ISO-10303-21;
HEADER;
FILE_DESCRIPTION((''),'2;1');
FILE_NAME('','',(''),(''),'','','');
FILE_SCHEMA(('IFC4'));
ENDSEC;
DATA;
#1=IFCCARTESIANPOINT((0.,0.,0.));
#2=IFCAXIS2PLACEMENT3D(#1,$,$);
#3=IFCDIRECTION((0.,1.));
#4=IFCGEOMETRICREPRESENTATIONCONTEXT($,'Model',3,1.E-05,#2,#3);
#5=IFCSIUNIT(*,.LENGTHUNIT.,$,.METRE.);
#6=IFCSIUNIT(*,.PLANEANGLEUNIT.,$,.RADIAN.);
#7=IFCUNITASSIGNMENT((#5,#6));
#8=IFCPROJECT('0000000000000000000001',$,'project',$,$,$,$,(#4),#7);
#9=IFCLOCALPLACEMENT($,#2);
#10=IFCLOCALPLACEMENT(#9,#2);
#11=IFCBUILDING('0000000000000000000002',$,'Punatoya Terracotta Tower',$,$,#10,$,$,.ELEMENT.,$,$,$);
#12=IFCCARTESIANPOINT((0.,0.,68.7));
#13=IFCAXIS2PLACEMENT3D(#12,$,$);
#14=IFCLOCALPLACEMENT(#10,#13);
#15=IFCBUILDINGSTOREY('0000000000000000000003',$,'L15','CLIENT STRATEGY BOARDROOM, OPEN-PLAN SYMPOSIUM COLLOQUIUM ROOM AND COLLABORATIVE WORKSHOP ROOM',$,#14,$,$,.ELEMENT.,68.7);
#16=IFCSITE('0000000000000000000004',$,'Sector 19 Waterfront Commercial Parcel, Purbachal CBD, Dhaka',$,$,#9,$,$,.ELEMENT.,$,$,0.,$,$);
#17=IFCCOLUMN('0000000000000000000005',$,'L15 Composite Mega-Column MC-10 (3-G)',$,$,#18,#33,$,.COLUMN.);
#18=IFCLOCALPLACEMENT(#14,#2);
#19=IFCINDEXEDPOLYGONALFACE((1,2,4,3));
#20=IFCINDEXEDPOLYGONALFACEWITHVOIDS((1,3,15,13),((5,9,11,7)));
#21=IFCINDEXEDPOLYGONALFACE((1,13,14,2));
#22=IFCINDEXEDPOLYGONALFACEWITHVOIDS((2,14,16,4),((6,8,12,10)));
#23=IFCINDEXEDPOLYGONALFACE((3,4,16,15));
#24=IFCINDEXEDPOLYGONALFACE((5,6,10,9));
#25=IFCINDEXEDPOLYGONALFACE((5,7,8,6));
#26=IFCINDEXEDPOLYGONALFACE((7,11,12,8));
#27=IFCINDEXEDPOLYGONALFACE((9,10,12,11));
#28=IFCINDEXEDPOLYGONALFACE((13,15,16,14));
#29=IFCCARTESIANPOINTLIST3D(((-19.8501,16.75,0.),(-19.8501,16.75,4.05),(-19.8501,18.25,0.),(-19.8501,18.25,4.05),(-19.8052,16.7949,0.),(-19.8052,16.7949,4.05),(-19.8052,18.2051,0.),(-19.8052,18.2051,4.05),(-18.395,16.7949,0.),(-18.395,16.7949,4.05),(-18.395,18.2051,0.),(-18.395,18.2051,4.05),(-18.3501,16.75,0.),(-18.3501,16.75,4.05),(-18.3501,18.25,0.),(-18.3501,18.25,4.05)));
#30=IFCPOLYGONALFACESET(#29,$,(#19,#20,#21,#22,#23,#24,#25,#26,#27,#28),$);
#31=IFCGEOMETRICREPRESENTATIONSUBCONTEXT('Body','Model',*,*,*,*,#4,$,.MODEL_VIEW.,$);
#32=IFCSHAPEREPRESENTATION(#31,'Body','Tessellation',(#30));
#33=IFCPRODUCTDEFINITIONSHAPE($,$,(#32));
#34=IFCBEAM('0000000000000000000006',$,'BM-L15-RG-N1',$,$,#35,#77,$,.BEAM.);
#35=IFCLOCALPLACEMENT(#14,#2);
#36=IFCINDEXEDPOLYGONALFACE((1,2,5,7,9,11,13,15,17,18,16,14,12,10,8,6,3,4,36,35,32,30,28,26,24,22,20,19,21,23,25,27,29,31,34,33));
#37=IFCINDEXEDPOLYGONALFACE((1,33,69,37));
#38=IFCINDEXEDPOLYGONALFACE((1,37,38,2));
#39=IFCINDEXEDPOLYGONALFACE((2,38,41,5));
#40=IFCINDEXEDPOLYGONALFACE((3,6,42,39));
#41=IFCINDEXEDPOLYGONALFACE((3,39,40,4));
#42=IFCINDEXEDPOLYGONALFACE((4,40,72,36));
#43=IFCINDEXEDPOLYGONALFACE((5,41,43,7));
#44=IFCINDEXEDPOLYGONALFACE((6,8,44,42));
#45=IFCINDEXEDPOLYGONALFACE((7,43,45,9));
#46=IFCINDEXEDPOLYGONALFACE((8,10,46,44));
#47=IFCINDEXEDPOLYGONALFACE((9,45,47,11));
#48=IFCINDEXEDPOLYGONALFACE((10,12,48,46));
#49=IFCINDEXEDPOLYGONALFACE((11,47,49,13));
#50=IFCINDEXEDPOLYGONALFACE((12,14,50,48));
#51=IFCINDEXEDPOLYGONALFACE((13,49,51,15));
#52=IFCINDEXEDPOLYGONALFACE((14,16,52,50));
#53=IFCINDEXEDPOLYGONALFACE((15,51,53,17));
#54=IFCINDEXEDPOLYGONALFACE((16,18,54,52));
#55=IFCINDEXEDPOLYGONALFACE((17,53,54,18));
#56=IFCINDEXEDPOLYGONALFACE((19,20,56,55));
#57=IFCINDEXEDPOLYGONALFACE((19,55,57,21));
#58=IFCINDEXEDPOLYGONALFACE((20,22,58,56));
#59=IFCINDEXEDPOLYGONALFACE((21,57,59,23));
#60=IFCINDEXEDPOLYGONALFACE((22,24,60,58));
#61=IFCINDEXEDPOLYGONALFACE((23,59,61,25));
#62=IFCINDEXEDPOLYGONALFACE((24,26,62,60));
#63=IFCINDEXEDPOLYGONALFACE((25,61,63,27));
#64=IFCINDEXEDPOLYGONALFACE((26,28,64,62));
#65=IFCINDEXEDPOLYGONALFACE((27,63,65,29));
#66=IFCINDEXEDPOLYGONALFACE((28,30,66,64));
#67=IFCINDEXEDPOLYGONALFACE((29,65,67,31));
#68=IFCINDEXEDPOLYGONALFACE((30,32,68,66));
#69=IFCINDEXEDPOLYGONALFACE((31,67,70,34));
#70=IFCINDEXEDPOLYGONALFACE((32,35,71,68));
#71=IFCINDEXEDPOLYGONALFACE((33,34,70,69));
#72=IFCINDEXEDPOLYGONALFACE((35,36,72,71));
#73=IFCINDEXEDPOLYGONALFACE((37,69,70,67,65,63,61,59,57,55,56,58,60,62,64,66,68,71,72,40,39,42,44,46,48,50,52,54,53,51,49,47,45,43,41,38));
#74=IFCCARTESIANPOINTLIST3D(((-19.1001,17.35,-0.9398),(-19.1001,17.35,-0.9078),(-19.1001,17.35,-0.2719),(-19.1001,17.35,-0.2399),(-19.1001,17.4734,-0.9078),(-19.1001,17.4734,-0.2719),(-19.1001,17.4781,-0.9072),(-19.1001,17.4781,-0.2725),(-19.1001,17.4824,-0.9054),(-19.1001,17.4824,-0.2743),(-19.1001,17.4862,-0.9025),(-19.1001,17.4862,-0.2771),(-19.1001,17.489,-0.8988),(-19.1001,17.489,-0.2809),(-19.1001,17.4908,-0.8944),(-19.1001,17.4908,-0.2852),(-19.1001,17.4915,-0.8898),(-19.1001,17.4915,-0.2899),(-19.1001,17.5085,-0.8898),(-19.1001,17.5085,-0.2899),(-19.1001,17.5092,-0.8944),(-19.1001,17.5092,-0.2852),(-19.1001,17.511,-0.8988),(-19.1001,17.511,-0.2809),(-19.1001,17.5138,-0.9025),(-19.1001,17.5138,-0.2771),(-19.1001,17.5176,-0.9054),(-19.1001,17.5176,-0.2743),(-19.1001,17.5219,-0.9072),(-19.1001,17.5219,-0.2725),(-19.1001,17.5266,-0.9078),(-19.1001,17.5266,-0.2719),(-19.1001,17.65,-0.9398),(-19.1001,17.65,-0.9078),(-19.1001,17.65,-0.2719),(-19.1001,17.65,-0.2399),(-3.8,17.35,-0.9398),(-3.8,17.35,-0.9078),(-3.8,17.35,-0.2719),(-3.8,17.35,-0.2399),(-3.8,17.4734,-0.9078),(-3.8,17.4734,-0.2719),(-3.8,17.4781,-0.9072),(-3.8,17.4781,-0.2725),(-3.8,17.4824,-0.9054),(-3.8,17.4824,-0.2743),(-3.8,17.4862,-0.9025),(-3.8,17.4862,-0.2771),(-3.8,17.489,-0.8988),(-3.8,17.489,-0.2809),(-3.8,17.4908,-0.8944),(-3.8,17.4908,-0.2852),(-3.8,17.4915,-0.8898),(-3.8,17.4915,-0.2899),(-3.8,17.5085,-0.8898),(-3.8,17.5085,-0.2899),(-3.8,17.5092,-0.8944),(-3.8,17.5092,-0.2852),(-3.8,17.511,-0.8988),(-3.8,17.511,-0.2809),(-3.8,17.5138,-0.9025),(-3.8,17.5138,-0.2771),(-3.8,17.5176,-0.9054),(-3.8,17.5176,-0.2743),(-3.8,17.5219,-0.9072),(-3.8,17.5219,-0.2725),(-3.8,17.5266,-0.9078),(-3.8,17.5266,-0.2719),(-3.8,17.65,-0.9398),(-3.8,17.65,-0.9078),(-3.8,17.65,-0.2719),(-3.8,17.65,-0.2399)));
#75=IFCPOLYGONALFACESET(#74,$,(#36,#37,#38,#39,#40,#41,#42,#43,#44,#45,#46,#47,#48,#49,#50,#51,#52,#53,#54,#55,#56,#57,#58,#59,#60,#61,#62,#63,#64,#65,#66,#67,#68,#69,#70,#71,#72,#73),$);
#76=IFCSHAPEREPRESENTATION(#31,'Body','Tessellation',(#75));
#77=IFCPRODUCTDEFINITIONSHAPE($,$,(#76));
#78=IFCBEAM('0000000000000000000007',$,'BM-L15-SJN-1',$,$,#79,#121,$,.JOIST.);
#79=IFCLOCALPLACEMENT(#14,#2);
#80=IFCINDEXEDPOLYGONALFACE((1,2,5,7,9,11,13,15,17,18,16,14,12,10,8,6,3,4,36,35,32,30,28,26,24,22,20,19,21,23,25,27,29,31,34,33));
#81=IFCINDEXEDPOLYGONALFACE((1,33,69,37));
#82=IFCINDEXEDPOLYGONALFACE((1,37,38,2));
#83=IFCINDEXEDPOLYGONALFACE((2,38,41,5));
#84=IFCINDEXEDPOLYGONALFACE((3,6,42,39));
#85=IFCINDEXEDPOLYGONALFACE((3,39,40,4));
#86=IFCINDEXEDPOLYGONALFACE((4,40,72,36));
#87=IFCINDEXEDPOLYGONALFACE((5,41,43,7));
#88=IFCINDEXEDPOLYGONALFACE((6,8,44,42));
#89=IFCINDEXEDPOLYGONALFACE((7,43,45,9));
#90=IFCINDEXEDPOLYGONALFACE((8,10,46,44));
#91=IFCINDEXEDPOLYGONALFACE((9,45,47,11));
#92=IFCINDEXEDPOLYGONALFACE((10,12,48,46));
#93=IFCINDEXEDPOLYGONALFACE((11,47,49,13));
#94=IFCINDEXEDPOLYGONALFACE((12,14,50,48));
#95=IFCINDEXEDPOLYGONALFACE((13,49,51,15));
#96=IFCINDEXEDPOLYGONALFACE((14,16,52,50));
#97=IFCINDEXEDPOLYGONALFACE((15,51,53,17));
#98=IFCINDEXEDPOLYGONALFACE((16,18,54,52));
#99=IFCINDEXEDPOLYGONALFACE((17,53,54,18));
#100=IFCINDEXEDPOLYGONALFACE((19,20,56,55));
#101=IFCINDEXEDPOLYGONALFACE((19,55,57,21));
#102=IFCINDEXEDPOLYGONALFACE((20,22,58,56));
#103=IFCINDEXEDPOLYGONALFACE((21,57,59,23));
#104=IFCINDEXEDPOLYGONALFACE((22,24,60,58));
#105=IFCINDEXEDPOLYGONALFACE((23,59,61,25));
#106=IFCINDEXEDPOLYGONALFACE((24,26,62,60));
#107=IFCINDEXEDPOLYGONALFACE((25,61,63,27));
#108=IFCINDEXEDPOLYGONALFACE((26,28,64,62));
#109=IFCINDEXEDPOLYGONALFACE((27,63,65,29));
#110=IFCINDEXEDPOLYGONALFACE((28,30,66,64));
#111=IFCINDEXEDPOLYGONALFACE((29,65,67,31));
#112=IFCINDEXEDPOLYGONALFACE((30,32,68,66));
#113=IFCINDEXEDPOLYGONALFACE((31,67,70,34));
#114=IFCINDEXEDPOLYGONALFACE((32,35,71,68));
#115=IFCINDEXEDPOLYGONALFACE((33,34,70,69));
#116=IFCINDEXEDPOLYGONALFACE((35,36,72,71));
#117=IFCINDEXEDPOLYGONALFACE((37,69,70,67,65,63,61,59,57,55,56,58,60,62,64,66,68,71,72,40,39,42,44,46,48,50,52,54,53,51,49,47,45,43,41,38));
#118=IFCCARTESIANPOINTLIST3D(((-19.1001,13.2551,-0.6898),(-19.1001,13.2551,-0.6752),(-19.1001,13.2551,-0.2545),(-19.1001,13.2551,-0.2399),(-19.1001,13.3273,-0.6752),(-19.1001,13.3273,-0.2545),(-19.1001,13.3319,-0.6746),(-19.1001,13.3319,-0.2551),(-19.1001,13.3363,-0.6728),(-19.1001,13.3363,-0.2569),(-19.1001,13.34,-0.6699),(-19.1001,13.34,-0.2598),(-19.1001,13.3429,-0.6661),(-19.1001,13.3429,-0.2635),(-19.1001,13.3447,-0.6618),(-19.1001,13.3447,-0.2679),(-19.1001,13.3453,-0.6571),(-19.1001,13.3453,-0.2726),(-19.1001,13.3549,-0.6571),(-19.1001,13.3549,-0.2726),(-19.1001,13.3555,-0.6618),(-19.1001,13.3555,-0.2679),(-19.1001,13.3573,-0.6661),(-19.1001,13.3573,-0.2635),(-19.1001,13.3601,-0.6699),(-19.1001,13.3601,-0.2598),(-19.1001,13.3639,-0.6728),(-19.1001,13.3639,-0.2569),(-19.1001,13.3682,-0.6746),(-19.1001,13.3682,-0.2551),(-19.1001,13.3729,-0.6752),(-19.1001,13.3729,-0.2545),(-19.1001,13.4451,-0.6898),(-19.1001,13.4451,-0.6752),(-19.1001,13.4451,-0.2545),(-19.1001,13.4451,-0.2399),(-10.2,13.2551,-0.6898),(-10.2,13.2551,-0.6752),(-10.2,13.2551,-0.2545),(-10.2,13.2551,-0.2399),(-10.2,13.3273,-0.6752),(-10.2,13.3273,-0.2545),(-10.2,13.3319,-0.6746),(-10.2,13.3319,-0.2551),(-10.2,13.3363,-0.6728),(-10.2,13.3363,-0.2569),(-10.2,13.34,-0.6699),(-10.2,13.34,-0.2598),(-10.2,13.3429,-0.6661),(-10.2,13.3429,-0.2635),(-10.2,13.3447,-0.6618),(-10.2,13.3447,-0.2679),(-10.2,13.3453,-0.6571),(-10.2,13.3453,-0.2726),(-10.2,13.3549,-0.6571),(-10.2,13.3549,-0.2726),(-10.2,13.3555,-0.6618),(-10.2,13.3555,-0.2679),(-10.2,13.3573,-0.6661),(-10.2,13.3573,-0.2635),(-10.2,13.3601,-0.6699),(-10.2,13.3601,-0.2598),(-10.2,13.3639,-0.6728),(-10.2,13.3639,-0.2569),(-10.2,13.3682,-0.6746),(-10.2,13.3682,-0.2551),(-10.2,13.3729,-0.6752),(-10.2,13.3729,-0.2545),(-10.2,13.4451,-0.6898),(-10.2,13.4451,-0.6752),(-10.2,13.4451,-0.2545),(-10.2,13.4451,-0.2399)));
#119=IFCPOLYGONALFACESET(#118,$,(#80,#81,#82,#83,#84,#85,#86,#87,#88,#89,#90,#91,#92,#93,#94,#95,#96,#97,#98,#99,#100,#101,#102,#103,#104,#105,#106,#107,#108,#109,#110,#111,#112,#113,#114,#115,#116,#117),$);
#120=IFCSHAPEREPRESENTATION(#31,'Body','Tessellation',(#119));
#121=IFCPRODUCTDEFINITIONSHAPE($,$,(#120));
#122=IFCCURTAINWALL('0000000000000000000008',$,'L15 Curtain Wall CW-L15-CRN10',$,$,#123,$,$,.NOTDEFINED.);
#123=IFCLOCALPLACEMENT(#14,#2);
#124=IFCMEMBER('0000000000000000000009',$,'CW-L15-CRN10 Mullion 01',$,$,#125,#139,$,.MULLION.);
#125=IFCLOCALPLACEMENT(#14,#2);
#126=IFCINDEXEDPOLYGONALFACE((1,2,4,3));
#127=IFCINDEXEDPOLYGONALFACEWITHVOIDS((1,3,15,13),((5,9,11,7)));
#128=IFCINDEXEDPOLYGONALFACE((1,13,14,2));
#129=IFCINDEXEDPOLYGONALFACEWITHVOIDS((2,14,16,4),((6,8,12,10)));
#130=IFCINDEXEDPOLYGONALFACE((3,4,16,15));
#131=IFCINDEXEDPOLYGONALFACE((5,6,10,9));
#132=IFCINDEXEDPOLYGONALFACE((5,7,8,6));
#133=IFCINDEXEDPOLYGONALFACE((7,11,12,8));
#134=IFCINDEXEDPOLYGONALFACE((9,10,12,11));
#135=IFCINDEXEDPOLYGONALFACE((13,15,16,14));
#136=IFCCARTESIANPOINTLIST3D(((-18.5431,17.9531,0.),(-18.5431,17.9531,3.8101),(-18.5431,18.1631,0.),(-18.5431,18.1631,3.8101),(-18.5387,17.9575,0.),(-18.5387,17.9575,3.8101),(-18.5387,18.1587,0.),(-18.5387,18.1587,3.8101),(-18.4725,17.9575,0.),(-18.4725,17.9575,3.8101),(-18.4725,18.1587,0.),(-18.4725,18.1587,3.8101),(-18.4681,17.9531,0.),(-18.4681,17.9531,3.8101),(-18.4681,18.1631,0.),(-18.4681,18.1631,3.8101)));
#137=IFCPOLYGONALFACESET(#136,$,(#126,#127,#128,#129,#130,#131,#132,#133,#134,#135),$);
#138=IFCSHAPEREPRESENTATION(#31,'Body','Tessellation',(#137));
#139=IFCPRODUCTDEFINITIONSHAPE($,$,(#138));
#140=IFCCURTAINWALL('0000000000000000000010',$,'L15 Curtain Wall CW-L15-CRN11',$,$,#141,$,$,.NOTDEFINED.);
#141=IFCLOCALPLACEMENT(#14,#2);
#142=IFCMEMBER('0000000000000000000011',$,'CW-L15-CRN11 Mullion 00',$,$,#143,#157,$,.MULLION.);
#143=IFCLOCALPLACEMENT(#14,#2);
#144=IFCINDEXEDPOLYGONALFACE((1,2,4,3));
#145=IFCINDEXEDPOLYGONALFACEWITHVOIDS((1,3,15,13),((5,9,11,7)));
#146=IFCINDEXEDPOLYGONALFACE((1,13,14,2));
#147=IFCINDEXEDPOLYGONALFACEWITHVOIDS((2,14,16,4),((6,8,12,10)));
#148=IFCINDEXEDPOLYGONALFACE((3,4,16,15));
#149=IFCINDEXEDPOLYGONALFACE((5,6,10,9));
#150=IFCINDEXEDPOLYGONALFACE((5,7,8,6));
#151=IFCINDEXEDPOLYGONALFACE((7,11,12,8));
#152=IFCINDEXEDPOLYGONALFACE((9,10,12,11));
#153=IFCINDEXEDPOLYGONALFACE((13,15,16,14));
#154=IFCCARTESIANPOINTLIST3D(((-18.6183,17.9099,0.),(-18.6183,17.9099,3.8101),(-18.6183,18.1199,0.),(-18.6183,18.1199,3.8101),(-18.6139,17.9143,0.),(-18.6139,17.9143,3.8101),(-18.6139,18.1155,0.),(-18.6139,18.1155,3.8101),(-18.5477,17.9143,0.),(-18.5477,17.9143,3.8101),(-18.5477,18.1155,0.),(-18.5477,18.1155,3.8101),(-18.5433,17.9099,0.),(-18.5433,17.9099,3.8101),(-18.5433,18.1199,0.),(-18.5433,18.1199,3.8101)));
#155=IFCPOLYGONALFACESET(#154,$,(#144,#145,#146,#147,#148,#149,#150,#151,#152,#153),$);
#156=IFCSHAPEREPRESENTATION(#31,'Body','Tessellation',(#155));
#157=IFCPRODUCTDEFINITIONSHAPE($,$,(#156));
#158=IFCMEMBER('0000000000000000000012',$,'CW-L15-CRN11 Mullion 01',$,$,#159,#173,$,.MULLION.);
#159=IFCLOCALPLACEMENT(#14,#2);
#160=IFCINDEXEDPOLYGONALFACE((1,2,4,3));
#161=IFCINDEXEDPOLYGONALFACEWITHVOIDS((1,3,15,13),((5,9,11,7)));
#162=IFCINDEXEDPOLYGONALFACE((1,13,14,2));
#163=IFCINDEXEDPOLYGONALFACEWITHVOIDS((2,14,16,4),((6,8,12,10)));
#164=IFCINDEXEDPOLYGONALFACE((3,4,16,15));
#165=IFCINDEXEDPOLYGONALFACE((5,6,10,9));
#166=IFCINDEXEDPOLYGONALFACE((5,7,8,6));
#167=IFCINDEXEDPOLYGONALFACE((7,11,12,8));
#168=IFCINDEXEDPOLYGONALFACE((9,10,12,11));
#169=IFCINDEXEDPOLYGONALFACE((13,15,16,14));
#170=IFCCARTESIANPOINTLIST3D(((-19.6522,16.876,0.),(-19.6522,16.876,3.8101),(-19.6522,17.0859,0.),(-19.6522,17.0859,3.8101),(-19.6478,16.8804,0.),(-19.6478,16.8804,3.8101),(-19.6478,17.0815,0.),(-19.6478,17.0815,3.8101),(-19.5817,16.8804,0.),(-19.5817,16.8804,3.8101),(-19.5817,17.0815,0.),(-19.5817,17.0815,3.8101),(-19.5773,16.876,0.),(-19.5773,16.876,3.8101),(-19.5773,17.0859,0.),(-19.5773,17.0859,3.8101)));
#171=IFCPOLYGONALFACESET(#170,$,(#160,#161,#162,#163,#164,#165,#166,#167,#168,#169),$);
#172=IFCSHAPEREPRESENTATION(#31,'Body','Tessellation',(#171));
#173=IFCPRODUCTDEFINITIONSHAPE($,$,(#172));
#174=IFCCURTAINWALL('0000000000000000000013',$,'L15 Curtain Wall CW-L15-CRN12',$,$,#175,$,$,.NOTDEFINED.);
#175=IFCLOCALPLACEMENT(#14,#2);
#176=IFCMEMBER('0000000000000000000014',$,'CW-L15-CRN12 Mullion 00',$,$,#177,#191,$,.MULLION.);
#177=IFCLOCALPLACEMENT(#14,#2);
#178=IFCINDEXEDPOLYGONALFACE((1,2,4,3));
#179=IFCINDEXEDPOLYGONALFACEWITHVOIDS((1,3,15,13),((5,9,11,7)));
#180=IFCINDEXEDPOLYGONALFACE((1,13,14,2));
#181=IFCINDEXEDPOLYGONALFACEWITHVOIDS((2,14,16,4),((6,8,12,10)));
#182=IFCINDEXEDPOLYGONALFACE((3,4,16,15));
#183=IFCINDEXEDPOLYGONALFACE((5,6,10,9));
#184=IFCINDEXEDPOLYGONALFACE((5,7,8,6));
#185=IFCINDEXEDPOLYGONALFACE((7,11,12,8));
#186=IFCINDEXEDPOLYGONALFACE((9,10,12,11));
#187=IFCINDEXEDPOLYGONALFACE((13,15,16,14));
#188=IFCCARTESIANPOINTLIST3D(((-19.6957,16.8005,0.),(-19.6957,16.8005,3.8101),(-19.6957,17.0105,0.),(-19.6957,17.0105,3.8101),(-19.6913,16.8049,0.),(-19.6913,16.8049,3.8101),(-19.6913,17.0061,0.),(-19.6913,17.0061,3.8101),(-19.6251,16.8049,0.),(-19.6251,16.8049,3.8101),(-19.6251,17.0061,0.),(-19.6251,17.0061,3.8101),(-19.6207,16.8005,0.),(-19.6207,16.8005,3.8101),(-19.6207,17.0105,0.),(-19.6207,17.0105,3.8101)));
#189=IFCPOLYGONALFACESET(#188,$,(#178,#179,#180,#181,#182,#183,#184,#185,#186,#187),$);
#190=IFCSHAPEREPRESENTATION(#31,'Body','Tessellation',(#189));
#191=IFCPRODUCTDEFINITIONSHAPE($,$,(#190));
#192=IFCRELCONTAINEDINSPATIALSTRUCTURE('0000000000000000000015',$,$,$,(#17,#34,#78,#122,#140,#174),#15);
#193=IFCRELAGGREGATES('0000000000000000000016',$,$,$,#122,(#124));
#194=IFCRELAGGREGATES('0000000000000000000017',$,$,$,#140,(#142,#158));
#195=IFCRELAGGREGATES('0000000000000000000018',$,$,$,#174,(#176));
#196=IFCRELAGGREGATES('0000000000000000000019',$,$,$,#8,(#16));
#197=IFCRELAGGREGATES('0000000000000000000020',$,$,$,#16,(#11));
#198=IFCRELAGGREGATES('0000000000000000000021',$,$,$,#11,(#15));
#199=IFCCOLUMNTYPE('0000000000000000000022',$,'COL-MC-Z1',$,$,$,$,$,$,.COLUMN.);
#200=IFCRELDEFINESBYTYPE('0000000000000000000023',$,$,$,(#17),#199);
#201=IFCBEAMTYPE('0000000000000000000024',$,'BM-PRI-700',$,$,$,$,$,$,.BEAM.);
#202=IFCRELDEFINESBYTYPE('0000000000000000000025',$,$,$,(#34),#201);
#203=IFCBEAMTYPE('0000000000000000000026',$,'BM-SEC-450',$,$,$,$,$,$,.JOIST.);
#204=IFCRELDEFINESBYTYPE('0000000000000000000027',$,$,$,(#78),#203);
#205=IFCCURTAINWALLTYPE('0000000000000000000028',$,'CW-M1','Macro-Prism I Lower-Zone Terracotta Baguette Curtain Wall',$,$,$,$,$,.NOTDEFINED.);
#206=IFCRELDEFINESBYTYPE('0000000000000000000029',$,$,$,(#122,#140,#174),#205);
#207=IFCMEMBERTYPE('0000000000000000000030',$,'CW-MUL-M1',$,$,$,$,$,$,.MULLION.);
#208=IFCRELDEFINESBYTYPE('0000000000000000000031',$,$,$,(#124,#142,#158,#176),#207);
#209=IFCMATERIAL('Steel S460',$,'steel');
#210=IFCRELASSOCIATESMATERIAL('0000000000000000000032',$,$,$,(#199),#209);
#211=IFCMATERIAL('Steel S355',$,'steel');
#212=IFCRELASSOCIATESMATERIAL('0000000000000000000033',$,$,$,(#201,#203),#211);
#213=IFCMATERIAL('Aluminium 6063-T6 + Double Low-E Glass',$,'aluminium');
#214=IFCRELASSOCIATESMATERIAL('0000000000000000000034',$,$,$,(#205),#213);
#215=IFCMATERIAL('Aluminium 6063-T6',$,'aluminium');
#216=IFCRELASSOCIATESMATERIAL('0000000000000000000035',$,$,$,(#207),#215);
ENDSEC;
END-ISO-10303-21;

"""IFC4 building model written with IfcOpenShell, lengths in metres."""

from ifc_helpers import new_model, si_unit, direction, frame, origin, origin_2d, place, context, subcontext, project, spatial, hollow_rectangle, i_section, extrude, material, material_profile, profile_set, type_object, element, aggregate, save


model = new_model("IFC4")

# Units and contexts
model_context = context("Model", 3, precision=1e-05, world=origin(), true_north=direction((0.0, 1.0)))
body_context = subcontext(model_context, "Body", "Model", "MODEL_VIEW")
ifc_project = project(units=[si_unit("LENGTHUNIT", "METRE"), si_unit("PLANEANGLEUNIT", "RADIAN")], contexts=[model_context])

# Site, building, storey
site_placement = place(None, origin())
site = spatial("IfcSite", under=ifc_project, at=site_placement, Name="Sector 19 Waterfront Commercial Parcel, Purbachal CBD, Dhaka", CompositionType="ELEMENT", RefElevation=0.0)
building_placement = place(site_placement, origin())
building = spatial("IfcBuilding", under=site, at=building_placement, Name="Punatoya Terracotta Tower", CompositionType="ELEMENT")
storey_placement = place(building_placement, frame((0.0, 0.0, 68.7)))
storey = spatial("IfcBuildingStorey", under=building, at=storey_placement, Name="L15", Description="CLIENT STRATEGY BOARDROOM, OPEN-PLAN SYMPOSIUM COLLOQUIUM ROOM AND COLLABORATIVE WORKSHOP ROOM", CompositionType="ELEMENT", Elevation=68.7)

# Column
ifc_material_1 = material(Name="Steel S460", Category="steel")
ifc_material_profile_1 = material_profile(ifc_material_1, hollow_rectangle(XDim=1.5, YDim=1.5, WallThickness=0.0449, at=origin_2d()))
ifc_profile_set_1 = profile_set([ifc_material_profile_1], Name="Steel S460")
column_type = type_object("IfcColumnType", Name="COL-MC-Z1", PredefinedType="COLUMN", material=ifc_profile_set_1)
column_placement = place(storey_placement, frame((-19.1001, 17.5, 0.0), z_axis=(0.0, 0.0, 1.0), x_axis=(1.0, 0.0, 0.0)))
element("IfcColumn", 1, at=column_placement, inside=storey, type_object=column_type, Name="L15 Composite Mega-Column MC-10 (3-G)", PredefinedType="COLUMN", context=body_context, shape_type="SweptSolid", body=[
    extrude(hollow_rectangle(XDim=1.5, YDim=1.5, WallThickness=0.0449, at=origin_2d()), origin(), (0.0, 0.0, 1.0), 4.05),
])

# Beams
ifc_material_2 = material(Name="Steel S355", Category="steel")
ifc_material_profile_2 = material_profile(ifc_material_2, i_section(OverallWidth=0.3, OverallDepth=0.7, WebThickness=0.0171, FlangeThickness=0.032, FilletRadius=0.0181, at=origin_2d()))
ifc_profile_set_2 = profile_set([ifc_material_profile_2], Name="Steel S355")
beam_type_1 = type_object("IfcBeamType", Name="BM-PRI-700", PredefinedType="BEAM", material=ifc_profile_set_2)
beam_1_placement = place(storey_placement, frame((-19.1001, 17.5, -0.5898), z_axis=(1.0, 0.0, 0.0), x_axis=(0.0, 1.0, 0.0)))
element("IfcBeam", 2, at=beam_1_placement, inside=storey, type_object=beam_type_1, Name="BM-L15-RG-N1", PredefinedType="BEAM", context=body_context, shape_type="SweptSolid", body=[
    extrude(i_section(OverallWidth=0.3, OverallDepth=0.7, WebThickness=0.0171, FlangeThickness=0.032, FilletRadius=0.0181, at=origin_2d()), origin(), (0.0, 0.0, 1.0), 15.3),
])
ifc_material_profile_3 = material_profile(ifc_material_2, i_section(OverallWidth=0.1899, OverallDepth=0.45, WebThickness=0.0095, FlangeThickness=0.0146, FilletRadius=0.0181, at=origin_2d()))
ifc_profile_set_3 = profile_set([ifc_material_profile_3], Name="Steel S355")
beam_type_2 = type_object("IfcBeamType", Name="BM-SEC-450", PredefinedType="JOIST", material=ifc_profile_set_3)
beam_2_placement = place(storey_placement, frame((-19.1001, 13.3501, -0.4648), z_axis=(1.0, 0.0, 0.0), x_axis=(0.0, 1.0, 0.0)))
element("IfcBeam", 3, at=beam_2_placement, inside=storey, type_object=beam_type_2, Name="BM-L15-SJN-1", PredefinedType="JOIST", context=body_context, shape_type="SweptSolid", body=[
    extrude(i_section(OverallWidth=0.1899, OverallDepth=0.45, WebThickness=0.0095, FlangeThickness=0.0146, FilletRadius=0.0181, at=origin_2d()), origin(), (0.0, 0.0, 1.0), 8.9001),
])

# Curtain wall, member
ifc_material_3 = material(Name="Aluminium 6063-T6 + Double Low-E Glass", Category="aluminium")
curtain_wall_type = type_object("IfcCurtainWallType", Name="CW-M1", Description="Macro-Prism I Lower-Zone Terracotta Baguette Curtain Wall", PredefinedType="NOTDEFINED", material=ifc_material_3)
curtain_wall_1_placement = place(storey_placement, origin())
curtain_wall_1 = element("IfcCurtainWall", 4, at=curtain_wall_1_placement, inside=storey, type_object=curtain_wall_type, Name="L15 Curtain Wall CW-L15-CRN10", PredefinedType="NOTDEFINED")
ifc_material_4 = material(Name="Aluminium 6063-T6", Category="aluminium")
ifc_material_profile_4 = material_profile(ifc_material_4, hollow_rectangle(XDim=0.075, YDim=0.21, WallThickness=0.0044, at=origin_2d()))
ifc_profile_set_4 = profile_set([ifc_material_profile_4], Name="Aluminium 6063-T6")
member_type_1 = type_object("IfcMemberType", Name="CW-MUL-M1", PredefinedType="MULLION", material=ifc_profile_set_4)
member_1_placement = place(storey_placement, frame((-18.5056, 18.0581, 0.0), z_axis=(0.0, 0.0, 1.0), x_axis=(1.0, 0.0, 0.0)))
member_1 = element("IfcMember", 5, at=member_1_placement, type_object=member_type_1, Name="CW-L15-CRN10 Mullion 01", PredefinedType="MULLION", context=body_context, shape_type="SweptSolid", body=[
    extrude(hollow_rectangle(XDim=0.075, YDim=0.21, WallThickness=0.0044, at=origin_2d()), origin(), (0.0, 0.0, 1.0), 3.8101),
])

# Curtain walls, members
curtain_wall_2_placement = place(storey_placement, origin())
curtain_wall_2 = element("IfcCurtainWall", 6, at=curtain_wall_2_placement, inside=storey, type_object=curtain_wall_type, Name="L15 Curtain Wall CW-L15-CRN11", PredefinedType="NOTDEFINED")
member_2_placement = place(storey_placement, frame((-18.5808, 18.0149, 0.0), z_axis=(0.0, 0.0, 1.0), x_axis=(1.0, 0.0, 0.0)))
member_2 = element("IfcMember", 7, at=member_2_placement, type_object=member_type_1, Name="CW-L15-CRN11 Mullion 00", PredefinedType="MULLION", context=body_context, shape_type="SweptSolid", body=[
    extrude(hollow_rectangle(XDim=0.075, YDim=0.21, WallThickness=0.0044, at=origin_2d()), origin(), (0.0, 0.0, 1.0), 3.8101),
])
member_3_placement = place(storey_placement, frame((-19.6147, 16.981, 0.0), z_axis=(0.0, 0.0, 1.0), x_axis=(1.0, 0.0, 0.0)))
member_3 = element("IfcMember", 8, at=member_3_placement, type_object=member_type_1, Name="CW-L15-CRN11 Mullion 01", PredefinedType="MULLION", context=body_context, shape_type="SweptSolid", body=[
    extrude(hollow_rectangle(XDim=0.075, YDim=0.21, WallThickness=0.0044, at=origin_2d()), origin(), (0.0, 0.0, 1.0), 3.8101),
])
curtain_wall_3_placement = place(storey_placement, origin())
curtain_wall_3 = element("IfcCurtainWall", 9, at=curtain_wall_3_placement, inside=storey, type_object=curtain_wall_type, Name="L15 Curtain Wall CW-L15-CRN12", PredefinedType="NOTDEFINED")
member_4_placement = place(storey_placement, frame((-19.6582, 16.9055, 0.0), z_axis=(0.0, 0.0, 1.0), x_axis=(1.0, 0.0, 0.0)))
member_4 = element("IfcMember", 10, at=member_4_placement, type_object=member_type_1, Name="CW-L15-CRN12 Mullion 00", PredefinedType="MULLION", context=body_context, shape_type="SweptSolid", body=[
    extrude(hollow_rectangle(XDim=0.075, YDim=0.21, WallThickness=0.0044, at=origin_2d()), origin(), (0.0, 0.0, 1.0), 3.8101),
])

aggregate(curtain_wall_1, [member_1])
aggregate(curtain_wall_2, [member_2, member_3])
aggregate(curtain_wall_3, [member_4])

save(model, "model.ifc")
